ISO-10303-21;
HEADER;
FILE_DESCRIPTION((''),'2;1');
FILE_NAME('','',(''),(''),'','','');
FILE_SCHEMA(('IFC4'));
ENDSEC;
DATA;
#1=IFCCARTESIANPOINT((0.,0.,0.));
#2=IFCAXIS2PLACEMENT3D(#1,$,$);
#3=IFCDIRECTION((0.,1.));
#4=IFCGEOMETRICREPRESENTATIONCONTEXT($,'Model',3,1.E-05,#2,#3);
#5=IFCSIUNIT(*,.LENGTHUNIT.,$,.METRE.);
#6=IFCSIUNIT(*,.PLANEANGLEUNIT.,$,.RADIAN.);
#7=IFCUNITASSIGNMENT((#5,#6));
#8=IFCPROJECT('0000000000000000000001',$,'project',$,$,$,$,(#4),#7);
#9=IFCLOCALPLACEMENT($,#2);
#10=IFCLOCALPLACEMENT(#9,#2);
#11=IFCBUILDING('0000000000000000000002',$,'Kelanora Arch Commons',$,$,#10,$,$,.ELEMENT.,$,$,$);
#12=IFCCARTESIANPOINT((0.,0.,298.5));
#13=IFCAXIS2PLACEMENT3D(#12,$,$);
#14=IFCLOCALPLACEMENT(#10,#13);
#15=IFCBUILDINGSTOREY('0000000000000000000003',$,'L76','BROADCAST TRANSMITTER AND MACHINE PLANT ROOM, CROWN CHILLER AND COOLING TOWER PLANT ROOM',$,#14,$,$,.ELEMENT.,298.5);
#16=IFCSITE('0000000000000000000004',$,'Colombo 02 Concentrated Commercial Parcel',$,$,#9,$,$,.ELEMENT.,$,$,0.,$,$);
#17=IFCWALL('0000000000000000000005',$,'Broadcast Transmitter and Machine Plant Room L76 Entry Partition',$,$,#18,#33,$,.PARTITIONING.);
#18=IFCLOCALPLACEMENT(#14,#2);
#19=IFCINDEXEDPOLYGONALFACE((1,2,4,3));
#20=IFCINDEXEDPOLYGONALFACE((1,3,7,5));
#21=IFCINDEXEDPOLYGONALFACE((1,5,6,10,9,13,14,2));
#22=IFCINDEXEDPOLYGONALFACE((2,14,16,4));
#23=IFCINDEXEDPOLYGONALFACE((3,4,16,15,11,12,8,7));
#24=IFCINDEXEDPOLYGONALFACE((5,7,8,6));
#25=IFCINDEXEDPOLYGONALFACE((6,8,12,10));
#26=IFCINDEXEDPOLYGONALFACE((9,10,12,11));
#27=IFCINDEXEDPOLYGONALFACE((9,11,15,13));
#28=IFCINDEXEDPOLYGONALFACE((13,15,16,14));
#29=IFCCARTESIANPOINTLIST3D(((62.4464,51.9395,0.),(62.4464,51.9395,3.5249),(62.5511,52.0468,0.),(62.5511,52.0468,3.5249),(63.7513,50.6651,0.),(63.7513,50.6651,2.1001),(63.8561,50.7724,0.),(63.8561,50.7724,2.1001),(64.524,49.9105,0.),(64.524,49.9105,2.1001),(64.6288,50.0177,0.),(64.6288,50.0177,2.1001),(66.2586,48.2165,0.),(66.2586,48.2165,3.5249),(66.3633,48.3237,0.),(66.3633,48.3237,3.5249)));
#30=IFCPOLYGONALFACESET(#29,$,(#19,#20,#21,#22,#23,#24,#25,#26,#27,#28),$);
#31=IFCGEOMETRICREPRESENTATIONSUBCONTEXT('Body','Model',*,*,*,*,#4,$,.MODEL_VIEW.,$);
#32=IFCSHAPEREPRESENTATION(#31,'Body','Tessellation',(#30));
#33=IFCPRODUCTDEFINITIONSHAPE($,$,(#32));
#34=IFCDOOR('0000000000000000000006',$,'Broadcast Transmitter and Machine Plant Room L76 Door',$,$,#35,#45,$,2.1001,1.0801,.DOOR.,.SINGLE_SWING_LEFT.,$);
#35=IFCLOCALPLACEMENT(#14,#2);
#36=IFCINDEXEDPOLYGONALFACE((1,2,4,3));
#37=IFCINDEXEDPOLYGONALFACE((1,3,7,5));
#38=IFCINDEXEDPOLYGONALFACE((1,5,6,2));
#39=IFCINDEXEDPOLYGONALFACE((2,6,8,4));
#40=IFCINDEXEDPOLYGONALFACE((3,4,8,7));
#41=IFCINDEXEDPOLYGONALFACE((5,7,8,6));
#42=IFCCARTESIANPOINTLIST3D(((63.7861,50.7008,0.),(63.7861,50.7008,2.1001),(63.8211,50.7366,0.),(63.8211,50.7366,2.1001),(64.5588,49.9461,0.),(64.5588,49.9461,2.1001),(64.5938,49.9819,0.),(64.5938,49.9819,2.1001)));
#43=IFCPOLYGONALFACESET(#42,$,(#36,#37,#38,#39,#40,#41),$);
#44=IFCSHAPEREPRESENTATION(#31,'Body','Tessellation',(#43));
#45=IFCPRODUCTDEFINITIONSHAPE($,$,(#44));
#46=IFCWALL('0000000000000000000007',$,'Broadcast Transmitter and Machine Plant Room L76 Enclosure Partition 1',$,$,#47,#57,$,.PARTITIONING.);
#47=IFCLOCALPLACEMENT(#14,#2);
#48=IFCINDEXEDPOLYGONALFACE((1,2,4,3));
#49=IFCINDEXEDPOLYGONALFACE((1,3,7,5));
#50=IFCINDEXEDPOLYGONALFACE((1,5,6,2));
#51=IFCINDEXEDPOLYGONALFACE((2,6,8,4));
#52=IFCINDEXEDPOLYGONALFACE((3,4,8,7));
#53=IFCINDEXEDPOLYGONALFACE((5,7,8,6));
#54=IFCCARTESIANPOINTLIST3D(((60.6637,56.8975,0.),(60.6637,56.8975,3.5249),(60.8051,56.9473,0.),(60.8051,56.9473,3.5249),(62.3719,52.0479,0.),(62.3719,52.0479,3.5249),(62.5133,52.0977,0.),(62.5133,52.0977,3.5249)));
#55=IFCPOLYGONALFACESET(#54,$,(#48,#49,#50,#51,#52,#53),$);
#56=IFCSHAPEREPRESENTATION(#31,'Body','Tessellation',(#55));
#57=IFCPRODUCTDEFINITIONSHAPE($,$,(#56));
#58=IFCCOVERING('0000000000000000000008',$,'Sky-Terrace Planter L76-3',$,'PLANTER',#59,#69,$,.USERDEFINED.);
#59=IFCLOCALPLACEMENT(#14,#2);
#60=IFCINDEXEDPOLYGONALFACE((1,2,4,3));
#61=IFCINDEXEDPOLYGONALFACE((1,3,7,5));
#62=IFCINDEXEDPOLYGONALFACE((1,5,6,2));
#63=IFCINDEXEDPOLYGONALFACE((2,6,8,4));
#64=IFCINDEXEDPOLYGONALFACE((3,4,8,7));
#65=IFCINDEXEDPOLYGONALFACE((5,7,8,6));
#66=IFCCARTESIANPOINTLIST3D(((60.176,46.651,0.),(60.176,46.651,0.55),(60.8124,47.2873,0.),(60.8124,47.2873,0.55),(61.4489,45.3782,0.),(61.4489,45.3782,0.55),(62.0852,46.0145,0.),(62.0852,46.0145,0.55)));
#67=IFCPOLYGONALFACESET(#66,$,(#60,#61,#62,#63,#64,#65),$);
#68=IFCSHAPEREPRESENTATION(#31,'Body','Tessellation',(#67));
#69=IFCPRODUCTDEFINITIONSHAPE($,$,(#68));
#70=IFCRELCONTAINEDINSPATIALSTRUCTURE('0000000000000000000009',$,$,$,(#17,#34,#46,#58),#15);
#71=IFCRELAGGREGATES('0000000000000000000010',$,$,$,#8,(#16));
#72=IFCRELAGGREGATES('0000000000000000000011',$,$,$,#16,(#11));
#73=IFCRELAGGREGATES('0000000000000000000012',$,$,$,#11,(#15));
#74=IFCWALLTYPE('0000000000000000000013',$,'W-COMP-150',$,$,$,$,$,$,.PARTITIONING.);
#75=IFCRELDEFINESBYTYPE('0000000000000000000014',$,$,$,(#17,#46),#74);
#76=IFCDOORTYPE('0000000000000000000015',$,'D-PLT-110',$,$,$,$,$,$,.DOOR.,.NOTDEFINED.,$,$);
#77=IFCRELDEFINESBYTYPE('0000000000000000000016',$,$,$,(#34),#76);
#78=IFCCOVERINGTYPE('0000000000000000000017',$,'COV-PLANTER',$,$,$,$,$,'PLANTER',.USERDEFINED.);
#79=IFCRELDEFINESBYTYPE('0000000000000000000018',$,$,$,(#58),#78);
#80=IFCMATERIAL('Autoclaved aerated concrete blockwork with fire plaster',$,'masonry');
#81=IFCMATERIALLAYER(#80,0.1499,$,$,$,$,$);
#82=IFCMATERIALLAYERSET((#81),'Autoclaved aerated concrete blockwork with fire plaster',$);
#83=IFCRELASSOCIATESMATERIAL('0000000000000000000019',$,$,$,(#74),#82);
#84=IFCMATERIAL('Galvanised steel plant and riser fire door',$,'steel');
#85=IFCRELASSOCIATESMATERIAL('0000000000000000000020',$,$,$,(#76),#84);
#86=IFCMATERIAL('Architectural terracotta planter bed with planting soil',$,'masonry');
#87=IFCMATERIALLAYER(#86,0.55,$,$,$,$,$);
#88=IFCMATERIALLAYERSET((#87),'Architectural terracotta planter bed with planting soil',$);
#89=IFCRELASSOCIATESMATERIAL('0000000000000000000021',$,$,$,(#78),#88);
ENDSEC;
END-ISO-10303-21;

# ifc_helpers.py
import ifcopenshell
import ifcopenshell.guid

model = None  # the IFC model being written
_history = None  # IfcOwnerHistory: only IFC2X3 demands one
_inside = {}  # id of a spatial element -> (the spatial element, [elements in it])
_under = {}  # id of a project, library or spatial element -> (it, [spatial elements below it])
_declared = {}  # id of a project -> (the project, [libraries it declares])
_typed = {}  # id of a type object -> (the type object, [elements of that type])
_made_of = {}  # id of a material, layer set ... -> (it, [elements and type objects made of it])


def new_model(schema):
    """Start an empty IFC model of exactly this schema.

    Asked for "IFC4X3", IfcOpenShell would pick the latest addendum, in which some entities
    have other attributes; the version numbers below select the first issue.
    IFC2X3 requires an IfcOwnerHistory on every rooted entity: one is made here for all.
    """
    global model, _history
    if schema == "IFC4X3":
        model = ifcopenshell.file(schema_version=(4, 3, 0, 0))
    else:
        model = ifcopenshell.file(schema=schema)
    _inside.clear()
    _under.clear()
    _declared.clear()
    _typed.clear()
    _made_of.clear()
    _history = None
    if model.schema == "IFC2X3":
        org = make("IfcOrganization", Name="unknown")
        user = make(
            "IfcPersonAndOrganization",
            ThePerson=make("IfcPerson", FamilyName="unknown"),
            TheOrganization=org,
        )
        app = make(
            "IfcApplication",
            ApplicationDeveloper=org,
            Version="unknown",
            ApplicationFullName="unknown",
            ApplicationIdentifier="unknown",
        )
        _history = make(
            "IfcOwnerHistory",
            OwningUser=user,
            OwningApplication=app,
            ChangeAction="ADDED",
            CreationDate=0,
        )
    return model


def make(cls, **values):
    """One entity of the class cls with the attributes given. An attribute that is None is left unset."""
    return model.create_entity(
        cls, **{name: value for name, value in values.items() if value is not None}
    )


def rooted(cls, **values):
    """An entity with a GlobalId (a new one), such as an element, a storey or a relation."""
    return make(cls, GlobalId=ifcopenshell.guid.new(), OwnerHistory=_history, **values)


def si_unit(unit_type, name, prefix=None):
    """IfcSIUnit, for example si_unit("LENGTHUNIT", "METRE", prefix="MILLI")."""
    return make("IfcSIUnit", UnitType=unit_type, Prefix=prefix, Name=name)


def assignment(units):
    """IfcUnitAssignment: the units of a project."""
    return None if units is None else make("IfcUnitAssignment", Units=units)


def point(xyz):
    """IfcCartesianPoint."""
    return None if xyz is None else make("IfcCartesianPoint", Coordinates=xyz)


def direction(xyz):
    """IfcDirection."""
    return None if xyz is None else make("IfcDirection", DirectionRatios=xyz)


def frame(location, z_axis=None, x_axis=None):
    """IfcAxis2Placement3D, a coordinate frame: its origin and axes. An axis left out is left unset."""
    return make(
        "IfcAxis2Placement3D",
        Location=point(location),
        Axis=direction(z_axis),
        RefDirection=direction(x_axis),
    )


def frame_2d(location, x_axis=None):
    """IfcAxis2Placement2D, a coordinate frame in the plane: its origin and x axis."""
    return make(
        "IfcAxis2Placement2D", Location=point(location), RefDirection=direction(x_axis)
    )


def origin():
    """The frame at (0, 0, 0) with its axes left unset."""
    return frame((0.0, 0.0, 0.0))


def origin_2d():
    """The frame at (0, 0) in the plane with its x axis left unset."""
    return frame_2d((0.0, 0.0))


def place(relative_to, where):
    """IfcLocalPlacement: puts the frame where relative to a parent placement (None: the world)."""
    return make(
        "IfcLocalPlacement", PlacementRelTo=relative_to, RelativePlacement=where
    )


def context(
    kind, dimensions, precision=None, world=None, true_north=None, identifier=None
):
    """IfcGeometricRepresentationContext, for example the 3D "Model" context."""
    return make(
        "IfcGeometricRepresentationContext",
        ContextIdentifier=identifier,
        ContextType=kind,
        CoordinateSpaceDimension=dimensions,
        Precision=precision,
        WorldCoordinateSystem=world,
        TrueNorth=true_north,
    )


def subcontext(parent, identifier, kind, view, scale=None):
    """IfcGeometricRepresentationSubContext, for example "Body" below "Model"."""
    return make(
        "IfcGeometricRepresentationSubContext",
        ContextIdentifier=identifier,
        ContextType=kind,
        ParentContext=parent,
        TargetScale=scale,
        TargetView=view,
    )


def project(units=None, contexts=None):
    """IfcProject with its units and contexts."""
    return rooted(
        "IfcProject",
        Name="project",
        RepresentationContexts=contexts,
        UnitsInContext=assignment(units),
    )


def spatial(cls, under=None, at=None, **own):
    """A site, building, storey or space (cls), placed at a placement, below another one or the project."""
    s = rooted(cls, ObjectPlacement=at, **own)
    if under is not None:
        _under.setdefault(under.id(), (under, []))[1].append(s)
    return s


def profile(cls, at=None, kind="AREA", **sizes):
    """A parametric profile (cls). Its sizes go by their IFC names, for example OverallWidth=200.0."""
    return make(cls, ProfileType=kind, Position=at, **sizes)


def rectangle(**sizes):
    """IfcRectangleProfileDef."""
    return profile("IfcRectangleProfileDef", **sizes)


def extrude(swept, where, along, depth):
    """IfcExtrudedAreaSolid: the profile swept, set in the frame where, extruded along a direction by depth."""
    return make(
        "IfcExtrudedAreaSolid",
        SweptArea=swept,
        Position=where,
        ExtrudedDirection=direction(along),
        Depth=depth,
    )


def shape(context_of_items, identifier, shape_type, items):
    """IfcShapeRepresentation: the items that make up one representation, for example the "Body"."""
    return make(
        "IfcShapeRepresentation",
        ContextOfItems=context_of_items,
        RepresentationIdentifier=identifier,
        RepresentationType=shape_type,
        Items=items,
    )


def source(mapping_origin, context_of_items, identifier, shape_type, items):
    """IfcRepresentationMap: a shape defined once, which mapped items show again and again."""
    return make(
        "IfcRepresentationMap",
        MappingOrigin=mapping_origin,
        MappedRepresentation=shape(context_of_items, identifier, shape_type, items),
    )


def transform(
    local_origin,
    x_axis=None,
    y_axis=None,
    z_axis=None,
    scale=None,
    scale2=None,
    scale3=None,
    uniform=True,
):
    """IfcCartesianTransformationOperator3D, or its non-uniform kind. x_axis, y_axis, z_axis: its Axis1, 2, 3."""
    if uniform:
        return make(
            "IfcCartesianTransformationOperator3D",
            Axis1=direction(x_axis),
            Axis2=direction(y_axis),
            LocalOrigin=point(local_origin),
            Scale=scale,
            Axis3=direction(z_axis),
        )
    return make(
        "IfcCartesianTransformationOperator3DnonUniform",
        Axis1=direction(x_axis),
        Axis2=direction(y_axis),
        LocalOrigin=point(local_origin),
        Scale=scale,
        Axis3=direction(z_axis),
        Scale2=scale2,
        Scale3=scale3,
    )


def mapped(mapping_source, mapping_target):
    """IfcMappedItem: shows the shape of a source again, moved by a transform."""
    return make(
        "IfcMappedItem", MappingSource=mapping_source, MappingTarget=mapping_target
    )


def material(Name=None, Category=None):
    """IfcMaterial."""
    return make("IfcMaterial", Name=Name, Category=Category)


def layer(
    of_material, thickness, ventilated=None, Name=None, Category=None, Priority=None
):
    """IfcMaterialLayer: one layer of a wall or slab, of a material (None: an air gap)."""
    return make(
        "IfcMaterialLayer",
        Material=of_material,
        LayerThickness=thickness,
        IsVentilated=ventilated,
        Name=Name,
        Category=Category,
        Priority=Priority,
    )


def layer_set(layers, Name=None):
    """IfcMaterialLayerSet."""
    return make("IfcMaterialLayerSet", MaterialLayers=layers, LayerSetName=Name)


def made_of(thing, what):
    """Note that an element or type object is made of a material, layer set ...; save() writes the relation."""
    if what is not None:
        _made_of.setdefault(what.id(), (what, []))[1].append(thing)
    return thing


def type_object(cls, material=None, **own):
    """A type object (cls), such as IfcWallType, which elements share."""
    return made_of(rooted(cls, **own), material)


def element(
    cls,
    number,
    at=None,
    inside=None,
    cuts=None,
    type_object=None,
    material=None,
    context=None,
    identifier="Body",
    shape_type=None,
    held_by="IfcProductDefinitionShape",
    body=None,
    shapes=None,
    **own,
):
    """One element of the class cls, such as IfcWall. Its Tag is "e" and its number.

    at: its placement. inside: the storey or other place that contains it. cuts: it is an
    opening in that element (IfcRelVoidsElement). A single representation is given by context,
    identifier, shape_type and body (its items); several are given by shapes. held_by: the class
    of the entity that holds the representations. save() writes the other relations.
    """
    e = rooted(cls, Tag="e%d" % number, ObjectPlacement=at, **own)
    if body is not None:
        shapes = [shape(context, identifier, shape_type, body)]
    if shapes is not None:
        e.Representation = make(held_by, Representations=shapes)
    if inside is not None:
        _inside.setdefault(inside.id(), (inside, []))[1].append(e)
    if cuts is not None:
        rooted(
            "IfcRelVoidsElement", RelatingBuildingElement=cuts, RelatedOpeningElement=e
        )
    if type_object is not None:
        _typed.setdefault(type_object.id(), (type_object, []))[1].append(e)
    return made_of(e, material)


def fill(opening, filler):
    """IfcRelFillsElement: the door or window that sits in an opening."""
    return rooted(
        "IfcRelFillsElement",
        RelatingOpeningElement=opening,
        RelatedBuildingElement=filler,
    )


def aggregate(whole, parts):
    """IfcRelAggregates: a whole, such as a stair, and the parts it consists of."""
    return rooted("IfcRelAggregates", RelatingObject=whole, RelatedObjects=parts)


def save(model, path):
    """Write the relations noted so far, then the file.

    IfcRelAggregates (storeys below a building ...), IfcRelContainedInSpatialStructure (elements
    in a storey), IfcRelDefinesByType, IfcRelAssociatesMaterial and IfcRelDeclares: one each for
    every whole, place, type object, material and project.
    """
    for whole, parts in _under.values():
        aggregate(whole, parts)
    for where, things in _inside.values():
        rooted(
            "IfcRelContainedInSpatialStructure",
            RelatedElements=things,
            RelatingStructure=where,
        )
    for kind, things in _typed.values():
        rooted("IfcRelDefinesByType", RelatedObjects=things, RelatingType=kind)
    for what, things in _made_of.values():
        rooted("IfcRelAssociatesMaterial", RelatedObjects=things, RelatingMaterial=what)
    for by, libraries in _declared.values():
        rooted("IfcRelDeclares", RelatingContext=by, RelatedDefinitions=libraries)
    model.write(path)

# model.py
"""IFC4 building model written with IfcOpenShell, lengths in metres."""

from ifc_helpers import new_model, si_unit, direction, frame, frame_2d, origin, origin_2d, place, context, subcontext, project, spatial, rectangle, extrude, source, transform, mapped, material, layer, layer_set, type_object, element, fill, save


model = new_model("IFC4")

# Units and contexts
model_context = context("Model", 3, precision=1e-05, world=origin(), true_north=direction((0.0, 1.0)))
body_context = subcontext(model_context, "Body", "Model", "MODEL_VIEW")
ifc_project = project(units=[si_unit("LENGTHUNIT", "METRE"), si_unit("PLANEANGLEUNIT", "RADIAN")], contexts=[model_context])

# Site, building, storey
site_placement = place(None, origin())
site = spatial("IfcSite", under=ifc_project, at=site_placement, Name="Colombo 02 Concentrated Commercial Parcel", CompositionType="ELEMENT", RefElevation=0.0)
building_placement = place(site_placement, origin())
building = spatial("IfcBuilding", under=site, at=building_placement, Name="Kelanora Arch Commons", CompositionType="ELEMENT")
storey_placement = place(building_placement, frame((0.0, 0.0, 298.5)))
storey = spatial("IfcBuildingStorey", under=building, at=storey_placement, Name="L76", Description="BROADCAST TRANSMITTER AND MACHINE PLANT ROOM, CROWN CHILLER AND COOLING TOWER PLANT ROOM", CompositionType="ELEMENT", Elevation=298.5)

# Wall, opening, door
ifc_material_1 = material(Name="Autoclaved aerated concrete blockwork with fire plaster", Category="masonry")
ifc_layer_1 = layer(ifc_material_1, 0.1499)
ifc_layer_set_1 = layer_set([ifc_layer_1], Name="Autoclaved aerated concrete blockwork with fire plaster")
wall_type_1 = type_object("IfcWallType", Name="W-COMP-150", PredefinedType="PARTITIONING", material=ifc_layer_set_1)
wall_1_placement = place(storey_placement, frame((62.4988, 51.9932, 0.0), z_axis=(0.0, 0.0, 1.0), x_axis=(0.715419, -0.698696, 0.0)))
wall_1 = element("IfcWall", 1, at=wall_1_placement, inside=storey, type_object=wall_type_1, Name="Broadcast Transmitter and Machine Plant Room L76 Entry Partition", PredefinedType="PARTITIONING", context=body_context, shape_type="SweptSolid", body=[
    extrude(rectangle(XDim=5.3286, YDim=0.1499, at=frame_2d((2.6643, 0.0))), origin(), (0.0, 0.0, 1.0), 3.5249),
])
opening_1_placement = place(wall_1_placement, frame((1.824, 0.0, 0.0)))
opening_1 = element("IfcOpeningElement", 2, at=opening_1_placement, cuts=wall_1, PredefinedType="OPENING", context=body_context, shape_type="SweptSolid", body=[
    extrude(rectangle(XDim=1.0801, YDim=2.1001, at=frame_2d((0.54, 1.05))), frame((0.0, 0.085, 0.0), z_axis=(0.0, -1.0, 0.0), x_axis=(1.0, 0.0, 0.0)), (0.0, 0.0, 1.0), 0.1699),
])
ifc_material_2 = material(Name="Galvanised steel plant and riser fire door", Category="steel")
door_type_1 = type_object("IfcDoorType", Name="D-PLT-110", OperationType="NOTDEFINED", PredefinedType="DOOR", material=ifc_material_2)
door_1_placement = place(opening_1_placement, origin())
door_1 = element("IfcDoor", 3, at=door_1_placement, inside=storey, type_object=door_type_1, Name="Broadcast Transmitter and Machine Plant Room L76 Door", OperationType="SINGLE_SWING_LEFT", OverallHeight=2.1001, OverallWidth=1.0801, PredefinedType="DOOR", context=body_context, shape_type="SweptSolid", body=[
    extrude(rectangle(XDim=1.0801, YDim=2.1001, at=frame_2d((0.54, 1.05))), frame((0.0, 0.0249, 0.0), z_axis=(0.0, -1.0, 0.0), x_axis=(1.0, 0.0, 0.0)), (0.0, 0.0, 1.0), 0.05),
])
fill(opening_1, door_1)

# Wall
wall_2_placement = place(storey_placement, frame((60.7344, 56.9224, 0.0), z_axis=(0.0, 0.0, 1.0), x_axis=(0.332236, -0.943196, 0.0)))
element("IfcWall", 4, at=wall_2_placement, inside=storey, type_object=wall_type_1, Name="Broadcast Transmitter and Machine Plant Room L76 Enclosure Partition 1", PredefinedType="PARTITIONING", context=body_context, shape_type="SweptSolid", body=[
    extrude(rectangle(XDim=5.1416, YDim=0.1499, at=frame_2d((2.5708, 0.0))), origin(), (0.0, 0.0, 1.0), 3.5249),
])

# Covering
ifc_material_3 = material(Name="Architectural terracotta planter bed with planting soil", Category="masonry")
ifc_layer_2 = layer(ifc_material_3, 0.55)
ifc_layer_set_2 = layer_set([ifc_layer_2], Name="Architectural terracotta planter bed with planting soil")
covering_type = type_object("IfcCoveringType", Name="COV-PLANTER", ElementType="PLANTER", PredefinedType="USERDEFINED", material=ifc_layer_set_2)
shared_shape_1 = source(origin(), body_context, "Body", "SweptSolid", [
    extrude(rectangle(XDim=1.8, YDim=0.8999, at=origin_2d()), origin(), (0.0, 0.0, 1.0), 0.55),
])
covering_placement = place(storey_placement, frame((61.1306, 46.3328, 0.0), z_axis=(0.0, 0.0, 1.0), x_axis=(0.707107, -0.707107, 0.0)))
element("IfcCovering", 5, at=covering_placement, inside=storey, type_object=covering_type, Name="Sky-Terrace Planter L76-3", ObjectType="PLANTER", PredefinedType="USERDEFINED", context=body_context, shape_type="MappedRepresentation", body=[
    mapped(shared_shape_1, transform((0.0, 0.0, 0.0), scale=1.0)),
])

save(model, "model.ifc")
